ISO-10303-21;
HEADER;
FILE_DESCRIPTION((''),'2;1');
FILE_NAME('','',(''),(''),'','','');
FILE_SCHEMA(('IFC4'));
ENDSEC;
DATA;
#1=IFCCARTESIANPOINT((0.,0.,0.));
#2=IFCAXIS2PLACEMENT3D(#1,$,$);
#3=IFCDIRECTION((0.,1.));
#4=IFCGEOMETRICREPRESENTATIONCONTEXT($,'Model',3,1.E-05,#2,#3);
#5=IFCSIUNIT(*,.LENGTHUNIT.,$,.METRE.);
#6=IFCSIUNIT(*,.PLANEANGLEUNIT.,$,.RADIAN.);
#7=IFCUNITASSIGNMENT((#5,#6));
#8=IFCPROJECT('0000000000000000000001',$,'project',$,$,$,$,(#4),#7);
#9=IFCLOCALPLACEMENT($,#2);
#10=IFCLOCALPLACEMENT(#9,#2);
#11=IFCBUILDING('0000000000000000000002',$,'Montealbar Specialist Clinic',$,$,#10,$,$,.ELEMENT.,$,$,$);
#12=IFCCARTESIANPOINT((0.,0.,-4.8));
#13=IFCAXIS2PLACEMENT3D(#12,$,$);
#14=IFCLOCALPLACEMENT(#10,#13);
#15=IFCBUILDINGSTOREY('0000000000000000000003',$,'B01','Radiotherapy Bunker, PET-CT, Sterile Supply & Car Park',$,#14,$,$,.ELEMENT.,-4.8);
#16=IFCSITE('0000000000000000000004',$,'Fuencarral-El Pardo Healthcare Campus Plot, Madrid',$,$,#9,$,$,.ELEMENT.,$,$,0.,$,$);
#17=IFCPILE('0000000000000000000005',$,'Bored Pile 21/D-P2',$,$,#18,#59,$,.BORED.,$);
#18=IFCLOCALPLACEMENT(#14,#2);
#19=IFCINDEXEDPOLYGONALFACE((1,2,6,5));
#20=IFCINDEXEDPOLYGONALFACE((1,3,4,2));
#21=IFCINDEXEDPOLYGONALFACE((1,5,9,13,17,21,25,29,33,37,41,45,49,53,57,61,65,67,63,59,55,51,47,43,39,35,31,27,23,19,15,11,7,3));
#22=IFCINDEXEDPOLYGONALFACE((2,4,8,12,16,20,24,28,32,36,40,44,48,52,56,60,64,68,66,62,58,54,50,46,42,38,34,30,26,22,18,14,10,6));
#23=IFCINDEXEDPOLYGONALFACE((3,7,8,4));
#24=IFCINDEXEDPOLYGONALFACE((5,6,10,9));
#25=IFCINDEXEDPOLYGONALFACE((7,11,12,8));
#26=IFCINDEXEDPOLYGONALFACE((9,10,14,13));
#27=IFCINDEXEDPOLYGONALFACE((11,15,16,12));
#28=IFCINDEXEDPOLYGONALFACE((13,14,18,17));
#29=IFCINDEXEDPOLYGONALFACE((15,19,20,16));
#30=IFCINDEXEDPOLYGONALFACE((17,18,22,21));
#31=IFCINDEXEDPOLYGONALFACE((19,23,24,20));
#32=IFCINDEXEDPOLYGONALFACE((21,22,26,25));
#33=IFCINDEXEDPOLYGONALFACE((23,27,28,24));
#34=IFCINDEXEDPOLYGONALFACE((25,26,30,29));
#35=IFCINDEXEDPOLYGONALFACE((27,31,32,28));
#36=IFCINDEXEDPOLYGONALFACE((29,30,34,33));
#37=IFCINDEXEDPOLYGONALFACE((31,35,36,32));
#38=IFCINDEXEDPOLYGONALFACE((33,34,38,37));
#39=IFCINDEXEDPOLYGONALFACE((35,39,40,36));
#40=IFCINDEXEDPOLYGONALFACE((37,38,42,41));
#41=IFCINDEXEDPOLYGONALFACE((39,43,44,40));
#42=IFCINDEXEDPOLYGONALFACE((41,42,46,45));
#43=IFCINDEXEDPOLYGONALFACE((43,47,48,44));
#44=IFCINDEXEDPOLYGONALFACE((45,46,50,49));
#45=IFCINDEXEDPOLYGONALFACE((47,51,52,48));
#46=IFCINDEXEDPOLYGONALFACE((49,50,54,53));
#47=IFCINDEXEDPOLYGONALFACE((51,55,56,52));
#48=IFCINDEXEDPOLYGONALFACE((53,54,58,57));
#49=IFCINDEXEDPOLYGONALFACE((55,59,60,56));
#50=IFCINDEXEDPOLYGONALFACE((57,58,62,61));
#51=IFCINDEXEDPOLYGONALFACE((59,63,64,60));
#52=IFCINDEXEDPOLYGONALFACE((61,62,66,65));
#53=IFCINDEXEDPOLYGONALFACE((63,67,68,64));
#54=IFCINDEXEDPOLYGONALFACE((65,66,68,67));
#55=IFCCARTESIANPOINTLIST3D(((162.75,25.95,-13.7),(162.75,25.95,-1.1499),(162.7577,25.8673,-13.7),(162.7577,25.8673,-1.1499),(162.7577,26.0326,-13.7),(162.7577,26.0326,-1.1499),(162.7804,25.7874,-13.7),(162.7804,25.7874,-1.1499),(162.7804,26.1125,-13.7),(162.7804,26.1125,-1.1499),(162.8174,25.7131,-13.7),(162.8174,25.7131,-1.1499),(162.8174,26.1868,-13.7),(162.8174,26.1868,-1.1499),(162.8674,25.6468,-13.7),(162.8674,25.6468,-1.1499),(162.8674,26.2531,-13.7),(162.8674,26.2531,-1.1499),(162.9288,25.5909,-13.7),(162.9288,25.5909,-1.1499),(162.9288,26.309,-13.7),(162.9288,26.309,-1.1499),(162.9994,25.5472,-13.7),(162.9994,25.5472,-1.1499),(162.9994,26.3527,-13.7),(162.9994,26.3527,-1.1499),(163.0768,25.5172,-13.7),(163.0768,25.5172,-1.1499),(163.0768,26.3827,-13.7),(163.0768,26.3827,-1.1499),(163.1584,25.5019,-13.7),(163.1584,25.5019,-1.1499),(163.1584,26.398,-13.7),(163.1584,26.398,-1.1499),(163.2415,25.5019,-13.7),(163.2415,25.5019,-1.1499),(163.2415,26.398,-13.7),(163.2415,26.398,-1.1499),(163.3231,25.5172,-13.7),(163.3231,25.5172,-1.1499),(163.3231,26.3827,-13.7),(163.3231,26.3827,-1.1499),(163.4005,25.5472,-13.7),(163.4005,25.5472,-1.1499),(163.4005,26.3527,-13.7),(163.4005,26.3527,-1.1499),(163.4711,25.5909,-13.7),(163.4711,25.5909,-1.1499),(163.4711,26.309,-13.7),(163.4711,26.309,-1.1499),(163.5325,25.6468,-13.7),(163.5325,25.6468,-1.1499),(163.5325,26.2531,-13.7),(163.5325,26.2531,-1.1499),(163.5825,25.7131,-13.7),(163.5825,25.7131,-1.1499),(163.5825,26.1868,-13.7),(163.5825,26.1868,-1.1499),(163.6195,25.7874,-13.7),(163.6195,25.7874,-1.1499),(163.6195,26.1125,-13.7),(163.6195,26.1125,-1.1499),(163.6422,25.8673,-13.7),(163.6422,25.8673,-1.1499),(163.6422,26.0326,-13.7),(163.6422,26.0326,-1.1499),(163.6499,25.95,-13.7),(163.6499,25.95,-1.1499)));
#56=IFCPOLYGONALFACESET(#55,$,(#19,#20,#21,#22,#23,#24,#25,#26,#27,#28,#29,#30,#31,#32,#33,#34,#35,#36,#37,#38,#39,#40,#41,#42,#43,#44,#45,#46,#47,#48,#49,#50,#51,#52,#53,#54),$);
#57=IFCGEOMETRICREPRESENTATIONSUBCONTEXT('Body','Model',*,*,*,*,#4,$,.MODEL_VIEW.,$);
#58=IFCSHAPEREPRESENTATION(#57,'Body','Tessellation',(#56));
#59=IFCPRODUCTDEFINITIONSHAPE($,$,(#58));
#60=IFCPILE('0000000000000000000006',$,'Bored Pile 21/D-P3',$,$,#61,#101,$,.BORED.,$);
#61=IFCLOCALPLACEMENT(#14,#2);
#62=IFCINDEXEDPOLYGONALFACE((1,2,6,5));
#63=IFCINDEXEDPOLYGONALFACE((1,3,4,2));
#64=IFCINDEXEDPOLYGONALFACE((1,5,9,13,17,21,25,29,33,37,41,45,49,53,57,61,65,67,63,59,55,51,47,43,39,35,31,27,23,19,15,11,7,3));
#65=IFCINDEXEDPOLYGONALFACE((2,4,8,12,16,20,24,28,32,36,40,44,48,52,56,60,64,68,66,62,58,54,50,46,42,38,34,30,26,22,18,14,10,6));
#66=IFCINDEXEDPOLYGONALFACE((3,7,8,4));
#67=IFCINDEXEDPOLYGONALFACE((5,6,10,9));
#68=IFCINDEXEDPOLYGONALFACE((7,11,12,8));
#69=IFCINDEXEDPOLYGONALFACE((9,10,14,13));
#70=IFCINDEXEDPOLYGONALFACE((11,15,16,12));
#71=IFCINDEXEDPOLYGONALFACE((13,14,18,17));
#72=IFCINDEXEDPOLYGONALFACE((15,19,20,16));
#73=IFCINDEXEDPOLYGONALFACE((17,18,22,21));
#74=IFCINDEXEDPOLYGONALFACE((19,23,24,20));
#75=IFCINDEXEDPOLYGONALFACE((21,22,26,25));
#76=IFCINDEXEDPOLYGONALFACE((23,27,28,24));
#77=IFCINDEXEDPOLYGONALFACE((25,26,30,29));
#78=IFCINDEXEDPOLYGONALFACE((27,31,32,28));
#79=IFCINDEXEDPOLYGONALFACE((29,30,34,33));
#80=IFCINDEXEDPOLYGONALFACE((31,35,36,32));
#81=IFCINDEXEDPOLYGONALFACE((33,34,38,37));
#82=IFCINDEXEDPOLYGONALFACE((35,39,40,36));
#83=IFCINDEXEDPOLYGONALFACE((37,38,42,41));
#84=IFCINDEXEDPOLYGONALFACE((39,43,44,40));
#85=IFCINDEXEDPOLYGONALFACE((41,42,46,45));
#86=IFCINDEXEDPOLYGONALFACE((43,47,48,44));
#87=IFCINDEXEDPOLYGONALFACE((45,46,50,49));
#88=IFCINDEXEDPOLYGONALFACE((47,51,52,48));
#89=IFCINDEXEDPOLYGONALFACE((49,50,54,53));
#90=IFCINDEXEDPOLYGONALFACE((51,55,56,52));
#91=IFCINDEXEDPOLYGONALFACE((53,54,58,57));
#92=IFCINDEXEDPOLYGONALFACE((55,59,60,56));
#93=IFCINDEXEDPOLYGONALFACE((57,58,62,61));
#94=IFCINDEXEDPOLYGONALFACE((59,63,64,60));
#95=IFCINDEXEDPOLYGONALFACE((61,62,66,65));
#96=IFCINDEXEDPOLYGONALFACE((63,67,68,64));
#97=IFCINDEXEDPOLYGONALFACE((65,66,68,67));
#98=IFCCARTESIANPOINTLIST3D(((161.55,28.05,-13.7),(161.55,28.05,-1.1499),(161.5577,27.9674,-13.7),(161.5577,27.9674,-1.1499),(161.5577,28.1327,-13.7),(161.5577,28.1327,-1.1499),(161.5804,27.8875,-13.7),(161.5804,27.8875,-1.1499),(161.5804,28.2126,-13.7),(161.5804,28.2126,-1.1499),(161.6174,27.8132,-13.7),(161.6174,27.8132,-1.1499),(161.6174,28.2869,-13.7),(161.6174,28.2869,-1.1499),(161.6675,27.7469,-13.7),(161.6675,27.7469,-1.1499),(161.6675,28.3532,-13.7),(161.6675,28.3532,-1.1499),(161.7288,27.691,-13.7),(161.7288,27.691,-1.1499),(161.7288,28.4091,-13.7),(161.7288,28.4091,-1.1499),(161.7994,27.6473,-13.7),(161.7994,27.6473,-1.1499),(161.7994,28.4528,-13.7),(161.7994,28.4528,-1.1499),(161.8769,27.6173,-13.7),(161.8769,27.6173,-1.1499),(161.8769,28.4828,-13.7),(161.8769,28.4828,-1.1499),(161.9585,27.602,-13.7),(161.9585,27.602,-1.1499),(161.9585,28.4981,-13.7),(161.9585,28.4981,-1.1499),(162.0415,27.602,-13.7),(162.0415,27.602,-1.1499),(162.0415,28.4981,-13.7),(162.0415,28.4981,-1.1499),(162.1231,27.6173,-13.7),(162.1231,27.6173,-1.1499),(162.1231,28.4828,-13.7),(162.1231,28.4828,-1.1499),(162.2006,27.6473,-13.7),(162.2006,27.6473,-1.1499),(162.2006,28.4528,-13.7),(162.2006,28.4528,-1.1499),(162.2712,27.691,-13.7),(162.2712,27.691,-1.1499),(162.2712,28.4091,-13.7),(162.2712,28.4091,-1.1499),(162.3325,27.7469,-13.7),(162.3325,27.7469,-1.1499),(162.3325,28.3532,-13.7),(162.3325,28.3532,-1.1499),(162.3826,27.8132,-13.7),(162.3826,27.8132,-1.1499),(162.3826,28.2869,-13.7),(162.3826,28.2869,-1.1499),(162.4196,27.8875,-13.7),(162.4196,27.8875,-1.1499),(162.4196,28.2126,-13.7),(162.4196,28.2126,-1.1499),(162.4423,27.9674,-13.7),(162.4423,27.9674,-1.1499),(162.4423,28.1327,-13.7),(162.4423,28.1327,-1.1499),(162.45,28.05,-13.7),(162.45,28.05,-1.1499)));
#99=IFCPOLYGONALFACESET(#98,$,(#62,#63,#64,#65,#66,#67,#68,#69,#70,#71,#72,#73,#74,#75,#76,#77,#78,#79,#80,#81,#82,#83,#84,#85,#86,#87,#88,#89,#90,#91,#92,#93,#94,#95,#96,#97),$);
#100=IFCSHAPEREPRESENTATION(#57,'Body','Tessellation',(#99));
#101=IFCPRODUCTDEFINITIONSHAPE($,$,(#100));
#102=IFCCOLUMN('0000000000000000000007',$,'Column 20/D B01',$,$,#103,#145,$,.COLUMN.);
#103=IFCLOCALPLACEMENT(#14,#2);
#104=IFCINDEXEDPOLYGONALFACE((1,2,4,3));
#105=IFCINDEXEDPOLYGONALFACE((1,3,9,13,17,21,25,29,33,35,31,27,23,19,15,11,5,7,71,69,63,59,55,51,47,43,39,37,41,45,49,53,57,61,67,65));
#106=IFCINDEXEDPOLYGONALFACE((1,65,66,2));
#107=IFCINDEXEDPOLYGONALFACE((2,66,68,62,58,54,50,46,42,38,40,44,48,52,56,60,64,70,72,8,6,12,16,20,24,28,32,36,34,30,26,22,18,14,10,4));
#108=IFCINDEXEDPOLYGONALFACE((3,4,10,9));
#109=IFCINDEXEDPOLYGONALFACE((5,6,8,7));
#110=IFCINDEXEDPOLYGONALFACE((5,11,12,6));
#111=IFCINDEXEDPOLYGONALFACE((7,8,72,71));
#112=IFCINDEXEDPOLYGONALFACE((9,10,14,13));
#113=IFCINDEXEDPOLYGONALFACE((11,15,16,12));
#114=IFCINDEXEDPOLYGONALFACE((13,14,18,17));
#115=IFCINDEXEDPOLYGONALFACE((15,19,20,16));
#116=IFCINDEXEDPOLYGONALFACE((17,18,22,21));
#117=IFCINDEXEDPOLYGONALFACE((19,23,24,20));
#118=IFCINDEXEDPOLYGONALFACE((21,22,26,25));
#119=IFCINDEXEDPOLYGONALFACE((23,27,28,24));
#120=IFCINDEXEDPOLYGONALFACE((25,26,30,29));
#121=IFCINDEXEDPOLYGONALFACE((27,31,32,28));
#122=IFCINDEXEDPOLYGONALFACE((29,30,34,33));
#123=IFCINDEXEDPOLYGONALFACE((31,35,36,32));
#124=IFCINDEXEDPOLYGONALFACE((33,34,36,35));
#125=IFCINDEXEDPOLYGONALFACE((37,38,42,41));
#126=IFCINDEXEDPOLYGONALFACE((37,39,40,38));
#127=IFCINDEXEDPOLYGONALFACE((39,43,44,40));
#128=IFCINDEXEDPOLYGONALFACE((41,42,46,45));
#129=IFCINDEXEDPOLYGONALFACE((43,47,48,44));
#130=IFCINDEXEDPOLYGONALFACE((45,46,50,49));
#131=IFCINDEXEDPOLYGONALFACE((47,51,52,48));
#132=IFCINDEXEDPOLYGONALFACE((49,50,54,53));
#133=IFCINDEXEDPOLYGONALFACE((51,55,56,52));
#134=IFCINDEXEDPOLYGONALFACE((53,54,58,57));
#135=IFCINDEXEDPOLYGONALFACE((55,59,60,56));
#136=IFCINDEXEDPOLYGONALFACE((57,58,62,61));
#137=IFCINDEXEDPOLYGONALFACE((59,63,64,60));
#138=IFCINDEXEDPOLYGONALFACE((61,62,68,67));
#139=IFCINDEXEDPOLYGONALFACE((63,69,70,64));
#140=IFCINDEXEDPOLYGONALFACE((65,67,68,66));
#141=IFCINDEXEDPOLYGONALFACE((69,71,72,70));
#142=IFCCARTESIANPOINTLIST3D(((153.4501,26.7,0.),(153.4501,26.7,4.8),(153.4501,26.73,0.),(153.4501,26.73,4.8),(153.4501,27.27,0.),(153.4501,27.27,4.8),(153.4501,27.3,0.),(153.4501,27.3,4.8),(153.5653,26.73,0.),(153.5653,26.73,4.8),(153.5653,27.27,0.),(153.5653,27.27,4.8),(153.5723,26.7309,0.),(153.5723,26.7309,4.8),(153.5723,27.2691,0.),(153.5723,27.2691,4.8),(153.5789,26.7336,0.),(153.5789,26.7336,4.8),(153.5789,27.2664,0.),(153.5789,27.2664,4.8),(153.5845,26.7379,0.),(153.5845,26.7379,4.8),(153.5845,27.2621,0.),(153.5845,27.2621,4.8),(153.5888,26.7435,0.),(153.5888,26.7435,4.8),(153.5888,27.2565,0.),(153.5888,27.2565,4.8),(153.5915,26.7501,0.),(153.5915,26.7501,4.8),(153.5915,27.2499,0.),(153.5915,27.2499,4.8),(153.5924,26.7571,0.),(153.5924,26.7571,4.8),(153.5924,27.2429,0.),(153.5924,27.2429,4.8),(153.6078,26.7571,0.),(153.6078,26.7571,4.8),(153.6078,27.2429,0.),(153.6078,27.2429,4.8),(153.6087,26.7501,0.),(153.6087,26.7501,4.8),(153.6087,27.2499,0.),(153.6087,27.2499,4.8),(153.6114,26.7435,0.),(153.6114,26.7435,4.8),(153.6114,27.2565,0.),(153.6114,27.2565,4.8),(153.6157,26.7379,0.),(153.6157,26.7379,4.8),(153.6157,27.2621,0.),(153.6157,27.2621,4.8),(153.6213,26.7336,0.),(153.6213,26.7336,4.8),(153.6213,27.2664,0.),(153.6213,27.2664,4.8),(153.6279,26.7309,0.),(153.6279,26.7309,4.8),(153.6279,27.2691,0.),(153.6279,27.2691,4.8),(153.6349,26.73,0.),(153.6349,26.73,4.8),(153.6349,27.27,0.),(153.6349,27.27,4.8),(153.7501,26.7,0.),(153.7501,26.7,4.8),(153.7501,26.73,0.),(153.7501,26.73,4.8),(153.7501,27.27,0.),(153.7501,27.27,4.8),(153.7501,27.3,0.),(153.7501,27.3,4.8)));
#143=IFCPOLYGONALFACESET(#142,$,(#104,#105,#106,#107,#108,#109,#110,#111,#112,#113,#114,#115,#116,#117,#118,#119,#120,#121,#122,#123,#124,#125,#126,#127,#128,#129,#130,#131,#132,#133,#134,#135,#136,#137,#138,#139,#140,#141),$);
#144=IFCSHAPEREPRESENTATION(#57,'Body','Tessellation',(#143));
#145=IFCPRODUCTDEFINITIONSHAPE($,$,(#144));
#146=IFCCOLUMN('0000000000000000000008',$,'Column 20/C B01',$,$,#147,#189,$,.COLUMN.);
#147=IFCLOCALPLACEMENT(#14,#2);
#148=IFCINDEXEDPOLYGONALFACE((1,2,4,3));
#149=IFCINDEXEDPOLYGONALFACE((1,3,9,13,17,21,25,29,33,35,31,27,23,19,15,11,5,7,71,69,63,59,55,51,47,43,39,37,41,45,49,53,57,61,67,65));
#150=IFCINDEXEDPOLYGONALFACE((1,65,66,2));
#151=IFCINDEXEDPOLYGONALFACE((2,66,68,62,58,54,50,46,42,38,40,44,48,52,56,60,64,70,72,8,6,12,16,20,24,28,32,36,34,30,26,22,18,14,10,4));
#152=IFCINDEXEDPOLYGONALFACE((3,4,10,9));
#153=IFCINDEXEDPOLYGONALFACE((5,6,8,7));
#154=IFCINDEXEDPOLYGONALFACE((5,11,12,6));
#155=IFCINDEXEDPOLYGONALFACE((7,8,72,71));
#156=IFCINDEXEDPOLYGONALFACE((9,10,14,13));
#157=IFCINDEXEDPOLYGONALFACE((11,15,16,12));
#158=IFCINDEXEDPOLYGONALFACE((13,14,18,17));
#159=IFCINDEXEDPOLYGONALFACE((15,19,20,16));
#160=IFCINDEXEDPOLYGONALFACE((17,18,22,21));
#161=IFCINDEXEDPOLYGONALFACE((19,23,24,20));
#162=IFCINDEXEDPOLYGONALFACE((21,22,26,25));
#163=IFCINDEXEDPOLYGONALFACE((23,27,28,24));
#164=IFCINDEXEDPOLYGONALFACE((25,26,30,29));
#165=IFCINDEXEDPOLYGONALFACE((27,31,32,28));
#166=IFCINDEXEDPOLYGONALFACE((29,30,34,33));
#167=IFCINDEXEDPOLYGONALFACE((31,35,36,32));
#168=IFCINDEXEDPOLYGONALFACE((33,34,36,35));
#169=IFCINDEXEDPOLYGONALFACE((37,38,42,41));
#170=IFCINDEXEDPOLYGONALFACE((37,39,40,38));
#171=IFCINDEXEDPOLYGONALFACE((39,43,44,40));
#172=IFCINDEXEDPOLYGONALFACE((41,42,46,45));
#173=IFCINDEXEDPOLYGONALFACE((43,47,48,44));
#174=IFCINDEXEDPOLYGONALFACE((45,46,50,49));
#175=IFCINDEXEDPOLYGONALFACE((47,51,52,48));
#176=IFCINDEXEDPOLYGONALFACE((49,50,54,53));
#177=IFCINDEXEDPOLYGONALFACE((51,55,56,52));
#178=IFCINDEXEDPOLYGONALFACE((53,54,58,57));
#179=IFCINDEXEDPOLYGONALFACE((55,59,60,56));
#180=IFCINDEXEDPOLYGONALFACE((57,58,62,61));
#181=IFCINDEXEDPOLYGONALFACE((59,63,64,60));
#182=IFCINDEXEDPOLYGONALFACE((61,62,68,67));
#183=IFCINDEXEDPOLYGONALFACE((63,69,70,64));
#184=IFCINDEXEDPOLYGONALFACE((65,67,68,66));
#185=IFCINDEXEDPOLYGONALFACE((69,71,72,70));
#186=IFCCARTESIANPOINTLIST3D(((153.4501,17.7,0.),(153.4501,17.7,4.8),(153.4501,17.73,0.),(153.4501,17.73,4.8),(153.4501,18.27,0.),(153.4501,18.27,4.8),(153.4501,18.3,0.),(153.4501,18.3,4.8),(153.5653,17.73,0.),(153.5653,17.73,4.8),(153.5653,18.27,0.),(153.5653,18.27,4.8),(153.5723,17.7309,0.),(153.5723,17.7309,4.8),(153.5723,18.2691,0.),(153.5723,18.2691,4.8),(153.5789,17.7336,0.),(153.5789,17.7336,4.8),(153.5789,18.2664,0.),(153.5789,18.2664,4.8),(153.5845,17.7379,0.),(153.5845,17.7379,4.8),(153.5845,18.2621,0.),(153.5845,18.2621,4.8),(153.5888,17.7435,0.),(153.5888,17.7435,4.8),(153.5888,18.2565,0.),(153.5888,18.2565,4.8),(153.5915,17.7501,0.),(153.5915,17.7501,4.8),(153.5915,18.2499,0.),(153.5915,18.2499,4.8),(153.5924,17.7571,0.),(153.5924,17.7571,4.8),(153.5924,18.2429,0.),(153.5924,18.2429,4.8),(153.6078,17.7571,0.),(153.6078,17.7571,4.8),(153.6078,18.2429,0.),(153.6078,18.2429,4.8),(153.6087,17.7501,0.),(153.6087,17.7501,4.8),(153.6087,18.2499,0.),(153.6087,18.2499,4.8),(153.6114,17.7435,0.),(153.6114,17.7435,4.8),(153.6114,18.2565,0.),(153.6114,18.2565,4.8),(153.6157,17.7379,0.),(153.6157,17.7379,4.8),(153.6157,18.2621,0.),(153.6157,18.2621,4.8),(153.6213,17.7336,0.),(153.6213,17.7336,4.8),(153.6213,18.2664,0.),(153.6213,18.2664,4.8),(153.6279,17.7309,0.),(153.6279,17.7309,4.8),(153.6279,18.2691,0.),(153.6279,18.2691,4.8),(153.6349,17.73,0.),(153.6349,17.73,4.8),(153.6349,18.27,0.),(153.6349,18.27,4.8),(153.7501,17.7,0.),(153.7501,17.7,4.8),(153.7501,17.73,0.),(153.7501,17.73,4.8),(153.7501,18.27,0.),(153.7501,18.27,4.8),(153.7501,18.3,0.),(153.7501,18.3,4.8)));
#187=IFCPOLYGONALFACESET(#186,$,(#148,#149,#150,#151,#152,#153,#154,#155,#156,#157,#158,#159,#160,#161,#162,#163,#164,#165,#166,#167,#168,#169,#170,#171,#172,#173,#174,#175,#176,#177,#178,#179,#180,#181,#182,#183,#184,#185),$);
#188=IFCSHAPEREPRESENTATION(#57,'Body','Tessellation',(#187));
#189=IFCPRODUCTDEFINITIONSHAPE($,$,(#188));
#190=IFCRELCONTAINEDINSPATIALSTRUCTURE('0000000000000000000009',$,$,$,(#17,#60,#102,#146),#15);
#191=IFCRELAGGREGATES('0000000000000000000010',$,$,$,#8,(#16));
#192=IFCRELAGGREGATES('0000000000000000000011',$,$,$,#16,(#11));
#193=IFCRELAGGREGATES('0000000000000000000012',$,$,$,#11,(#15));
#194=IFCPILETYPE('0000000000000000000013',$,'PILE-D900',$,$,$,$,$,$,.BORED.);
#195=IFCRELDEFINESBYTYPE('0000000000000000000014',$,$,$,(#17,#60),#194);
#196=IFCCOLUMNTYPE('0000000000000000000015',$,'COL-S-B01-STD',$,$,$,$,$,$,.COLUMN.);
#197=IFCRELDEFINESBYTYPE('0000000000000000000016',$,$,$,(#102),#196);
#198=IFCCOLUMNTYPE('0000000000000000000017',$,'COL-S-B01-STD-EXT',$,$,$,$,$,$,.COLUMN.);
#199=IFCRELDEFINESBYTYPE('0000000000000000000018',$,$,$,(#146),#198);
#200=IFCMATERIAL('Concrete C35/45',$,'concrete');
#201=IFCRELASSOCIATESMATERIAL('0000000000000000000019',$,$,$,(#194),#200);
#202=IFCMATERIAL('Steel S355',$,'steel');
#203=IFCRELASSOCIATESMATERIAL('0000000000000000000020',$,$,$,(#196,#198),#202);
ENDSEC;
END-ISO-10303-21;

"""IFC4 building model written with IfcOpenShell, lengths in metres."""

from ifc_helpers import new_model, si_unit, direction, frame, origin, origin_2d, place, context, subcontext, project, spatial, circle, i_section, extrude, material, material_profile, profile_set, type_object, element, save


model = new_model("IFC4")

# Units and contexts
model_context = context("Model", 3, precision=1e-05, world=origin(), true_north=direction((0.0, 1.0)))
body_context = subcontext(model_context, "Body", "Model", "MODEL_VIEW")
ifc_project = project(units=[si_unit("LENGTHUNIT", "METRE"), si_unit("PLANEANGLEUNIT", "RADIAN")], contexts=[model_context])

# Site, building, storey
site_placement = place(None, origin())
site = spatial("IfcSite", under=ifc_project, at=site_placement, Name="Fuencarral-El Pardo Healthcare Campus Plot, Madrid", CompositionType="ELEMENT", RefElevation=0.0)
building_placement = place(site_placement, origin())
building = spatial("IfcBuilding", under=site, at=building_placement, Name="Montealbar Specialist Clinic", CompositionType="ELEMENT")
storey_placement = place(building_placement, frame((0.0, 0.0, -4.8)))
storey = spatial("IfcBuildingStorey", under=building, at=storey_placement, Name="B01", Description="Radiotherapy Bunker, PET-CT, Sterile Supply & Car Park", CompositionType="ELEMENT", Elevation=-4.8)

# Shared definitions
ifc_material_1 = material(Name="Concrete C35/45", Category="concrete")

# Piles
ifc_material_profile_1 = material_profile(ifc_material_1, circle(Radius=0.45, at=origin_2d()), Name="PILE D900", Category="concrete")
ifc_profile_set_1 = profile_set([ifc_material_profile_1], Name="Concrete C35/45")
pile_type_1 = type_object("IfcPileType", Name="PILE-D900", PredefinedType="BORED", material=ifc_profile_set_1)
for number, where, z_axis, x_axis, name in (
    (1, (163.2, 25.95, -1.1499), (0.0, 0.0, -1.0), (1.0, 0.0, 0.0), "Bored Pile 21/D-P2"),
    (2, (162.0, 28.05, -1.1499), (0.0, 0.0, -1.0), (1.0, 0.0, 0.0), "Bored Pile 21/D-P3"),
):
    element("IfcPile", number, at=place(storey_placement, frame(where, z_axis=z_axis, x_axis=x_axis)), inside=storey, type_object=pile_type_1, Name=name, PredefinedType="BORED", context=body_context, shape_type="SweptSolid", body=[
        extrude(circle(Radius=0.45, at=origin_2d()), origin(), (0.0, 0.0, 1.0), 12.55),
    ])

# Columns
ifc_material_2 = material(Name="Steel S355", Category="steel")
ifc_material_profile_2 = material_profile(ifc_material_2, i_section(OverallWidth=0.3, OverallDepth=0.6001, WebThickness=0.0154, FlangeThickness=0.03, FilletRadius=0.0271, at=origin_2d()), Name="HEB 600", Category="steel")
ifc_profile_set_2 = profile_set([ifc_material_profile_2], Name="Steel S355")
column_type_1 = type_object("IfcColumnType", Name="COL-S-B01-STD", PredefinedType="COLUMN", material=ifc_profile_set_2)
column_1_placement = place(storey_placement, frame((153.6001, 27.0, 0.0), z_axis=(0.0, 0.0, 1.0), x_axis=(1.0, 0.0, 0.0)))
element("IfcColumn", 3, at=column_1_placement, inside=storey, type_object=column_type_1, Name="Column 20/D B01", PredefinedType="COLUMN", context=body_context, shape_type="SweptSolid", body=[
    extrude(i_section(OverallWidth=0.3, OverallDepth=0.6001, WebThickness=0.0154, FlangeThickness=0.03, FilletRadius=0.0271, at=origin_2d()), origin(), (0.0, 0.0, 1.0), 4.8),
])
ifc_material_profile_3 = material_profile(ifc_material_2, i_section(OverallWidth=0.3, OverallDepth=0.6001, WebThickness=0.0154, FlangeThickness=0.03, FilletRadius=0.0271, at=origin_2d()), Name="HEB 600", Category="steel")
ifc_profile_set_3 = profile_set([ifc_material_profile_3], Name="Steel S355")
column_type_2 = type_object("IfcColumnType", Name="COL-S-B01-STD-EXT", PredefinedType="COLUMN", material=ifc_profile_set_3)
for number, where, z_axis, x_axis, name in (
    (4, (153.6001, 18.0, 0.0), (0.0, 0.0, 1.0), (1.0, 0.0, 0.0), "Column 20/C B01"),
):
    element("IfcColumn", number, at=place(storey_placement, frame(where, z_axis=z_axis, x_axis=x_axis)), inside=storey, type_object=column_type_2, Name=name, PredefinedType="COLUMN", context=body_context, shape_type="SweptSolid", body=[
        extrude(i_section(OverallWidth=0.3, OverallDepth=0.6001, WebThickness=0.0154, FlangeThickness=0.03, FilletRadius=0.0271, at=origin_2d()), origin(), (0.0, 0.0, 1.0), 4.8),
    ])

save(model, "model.ifc")
